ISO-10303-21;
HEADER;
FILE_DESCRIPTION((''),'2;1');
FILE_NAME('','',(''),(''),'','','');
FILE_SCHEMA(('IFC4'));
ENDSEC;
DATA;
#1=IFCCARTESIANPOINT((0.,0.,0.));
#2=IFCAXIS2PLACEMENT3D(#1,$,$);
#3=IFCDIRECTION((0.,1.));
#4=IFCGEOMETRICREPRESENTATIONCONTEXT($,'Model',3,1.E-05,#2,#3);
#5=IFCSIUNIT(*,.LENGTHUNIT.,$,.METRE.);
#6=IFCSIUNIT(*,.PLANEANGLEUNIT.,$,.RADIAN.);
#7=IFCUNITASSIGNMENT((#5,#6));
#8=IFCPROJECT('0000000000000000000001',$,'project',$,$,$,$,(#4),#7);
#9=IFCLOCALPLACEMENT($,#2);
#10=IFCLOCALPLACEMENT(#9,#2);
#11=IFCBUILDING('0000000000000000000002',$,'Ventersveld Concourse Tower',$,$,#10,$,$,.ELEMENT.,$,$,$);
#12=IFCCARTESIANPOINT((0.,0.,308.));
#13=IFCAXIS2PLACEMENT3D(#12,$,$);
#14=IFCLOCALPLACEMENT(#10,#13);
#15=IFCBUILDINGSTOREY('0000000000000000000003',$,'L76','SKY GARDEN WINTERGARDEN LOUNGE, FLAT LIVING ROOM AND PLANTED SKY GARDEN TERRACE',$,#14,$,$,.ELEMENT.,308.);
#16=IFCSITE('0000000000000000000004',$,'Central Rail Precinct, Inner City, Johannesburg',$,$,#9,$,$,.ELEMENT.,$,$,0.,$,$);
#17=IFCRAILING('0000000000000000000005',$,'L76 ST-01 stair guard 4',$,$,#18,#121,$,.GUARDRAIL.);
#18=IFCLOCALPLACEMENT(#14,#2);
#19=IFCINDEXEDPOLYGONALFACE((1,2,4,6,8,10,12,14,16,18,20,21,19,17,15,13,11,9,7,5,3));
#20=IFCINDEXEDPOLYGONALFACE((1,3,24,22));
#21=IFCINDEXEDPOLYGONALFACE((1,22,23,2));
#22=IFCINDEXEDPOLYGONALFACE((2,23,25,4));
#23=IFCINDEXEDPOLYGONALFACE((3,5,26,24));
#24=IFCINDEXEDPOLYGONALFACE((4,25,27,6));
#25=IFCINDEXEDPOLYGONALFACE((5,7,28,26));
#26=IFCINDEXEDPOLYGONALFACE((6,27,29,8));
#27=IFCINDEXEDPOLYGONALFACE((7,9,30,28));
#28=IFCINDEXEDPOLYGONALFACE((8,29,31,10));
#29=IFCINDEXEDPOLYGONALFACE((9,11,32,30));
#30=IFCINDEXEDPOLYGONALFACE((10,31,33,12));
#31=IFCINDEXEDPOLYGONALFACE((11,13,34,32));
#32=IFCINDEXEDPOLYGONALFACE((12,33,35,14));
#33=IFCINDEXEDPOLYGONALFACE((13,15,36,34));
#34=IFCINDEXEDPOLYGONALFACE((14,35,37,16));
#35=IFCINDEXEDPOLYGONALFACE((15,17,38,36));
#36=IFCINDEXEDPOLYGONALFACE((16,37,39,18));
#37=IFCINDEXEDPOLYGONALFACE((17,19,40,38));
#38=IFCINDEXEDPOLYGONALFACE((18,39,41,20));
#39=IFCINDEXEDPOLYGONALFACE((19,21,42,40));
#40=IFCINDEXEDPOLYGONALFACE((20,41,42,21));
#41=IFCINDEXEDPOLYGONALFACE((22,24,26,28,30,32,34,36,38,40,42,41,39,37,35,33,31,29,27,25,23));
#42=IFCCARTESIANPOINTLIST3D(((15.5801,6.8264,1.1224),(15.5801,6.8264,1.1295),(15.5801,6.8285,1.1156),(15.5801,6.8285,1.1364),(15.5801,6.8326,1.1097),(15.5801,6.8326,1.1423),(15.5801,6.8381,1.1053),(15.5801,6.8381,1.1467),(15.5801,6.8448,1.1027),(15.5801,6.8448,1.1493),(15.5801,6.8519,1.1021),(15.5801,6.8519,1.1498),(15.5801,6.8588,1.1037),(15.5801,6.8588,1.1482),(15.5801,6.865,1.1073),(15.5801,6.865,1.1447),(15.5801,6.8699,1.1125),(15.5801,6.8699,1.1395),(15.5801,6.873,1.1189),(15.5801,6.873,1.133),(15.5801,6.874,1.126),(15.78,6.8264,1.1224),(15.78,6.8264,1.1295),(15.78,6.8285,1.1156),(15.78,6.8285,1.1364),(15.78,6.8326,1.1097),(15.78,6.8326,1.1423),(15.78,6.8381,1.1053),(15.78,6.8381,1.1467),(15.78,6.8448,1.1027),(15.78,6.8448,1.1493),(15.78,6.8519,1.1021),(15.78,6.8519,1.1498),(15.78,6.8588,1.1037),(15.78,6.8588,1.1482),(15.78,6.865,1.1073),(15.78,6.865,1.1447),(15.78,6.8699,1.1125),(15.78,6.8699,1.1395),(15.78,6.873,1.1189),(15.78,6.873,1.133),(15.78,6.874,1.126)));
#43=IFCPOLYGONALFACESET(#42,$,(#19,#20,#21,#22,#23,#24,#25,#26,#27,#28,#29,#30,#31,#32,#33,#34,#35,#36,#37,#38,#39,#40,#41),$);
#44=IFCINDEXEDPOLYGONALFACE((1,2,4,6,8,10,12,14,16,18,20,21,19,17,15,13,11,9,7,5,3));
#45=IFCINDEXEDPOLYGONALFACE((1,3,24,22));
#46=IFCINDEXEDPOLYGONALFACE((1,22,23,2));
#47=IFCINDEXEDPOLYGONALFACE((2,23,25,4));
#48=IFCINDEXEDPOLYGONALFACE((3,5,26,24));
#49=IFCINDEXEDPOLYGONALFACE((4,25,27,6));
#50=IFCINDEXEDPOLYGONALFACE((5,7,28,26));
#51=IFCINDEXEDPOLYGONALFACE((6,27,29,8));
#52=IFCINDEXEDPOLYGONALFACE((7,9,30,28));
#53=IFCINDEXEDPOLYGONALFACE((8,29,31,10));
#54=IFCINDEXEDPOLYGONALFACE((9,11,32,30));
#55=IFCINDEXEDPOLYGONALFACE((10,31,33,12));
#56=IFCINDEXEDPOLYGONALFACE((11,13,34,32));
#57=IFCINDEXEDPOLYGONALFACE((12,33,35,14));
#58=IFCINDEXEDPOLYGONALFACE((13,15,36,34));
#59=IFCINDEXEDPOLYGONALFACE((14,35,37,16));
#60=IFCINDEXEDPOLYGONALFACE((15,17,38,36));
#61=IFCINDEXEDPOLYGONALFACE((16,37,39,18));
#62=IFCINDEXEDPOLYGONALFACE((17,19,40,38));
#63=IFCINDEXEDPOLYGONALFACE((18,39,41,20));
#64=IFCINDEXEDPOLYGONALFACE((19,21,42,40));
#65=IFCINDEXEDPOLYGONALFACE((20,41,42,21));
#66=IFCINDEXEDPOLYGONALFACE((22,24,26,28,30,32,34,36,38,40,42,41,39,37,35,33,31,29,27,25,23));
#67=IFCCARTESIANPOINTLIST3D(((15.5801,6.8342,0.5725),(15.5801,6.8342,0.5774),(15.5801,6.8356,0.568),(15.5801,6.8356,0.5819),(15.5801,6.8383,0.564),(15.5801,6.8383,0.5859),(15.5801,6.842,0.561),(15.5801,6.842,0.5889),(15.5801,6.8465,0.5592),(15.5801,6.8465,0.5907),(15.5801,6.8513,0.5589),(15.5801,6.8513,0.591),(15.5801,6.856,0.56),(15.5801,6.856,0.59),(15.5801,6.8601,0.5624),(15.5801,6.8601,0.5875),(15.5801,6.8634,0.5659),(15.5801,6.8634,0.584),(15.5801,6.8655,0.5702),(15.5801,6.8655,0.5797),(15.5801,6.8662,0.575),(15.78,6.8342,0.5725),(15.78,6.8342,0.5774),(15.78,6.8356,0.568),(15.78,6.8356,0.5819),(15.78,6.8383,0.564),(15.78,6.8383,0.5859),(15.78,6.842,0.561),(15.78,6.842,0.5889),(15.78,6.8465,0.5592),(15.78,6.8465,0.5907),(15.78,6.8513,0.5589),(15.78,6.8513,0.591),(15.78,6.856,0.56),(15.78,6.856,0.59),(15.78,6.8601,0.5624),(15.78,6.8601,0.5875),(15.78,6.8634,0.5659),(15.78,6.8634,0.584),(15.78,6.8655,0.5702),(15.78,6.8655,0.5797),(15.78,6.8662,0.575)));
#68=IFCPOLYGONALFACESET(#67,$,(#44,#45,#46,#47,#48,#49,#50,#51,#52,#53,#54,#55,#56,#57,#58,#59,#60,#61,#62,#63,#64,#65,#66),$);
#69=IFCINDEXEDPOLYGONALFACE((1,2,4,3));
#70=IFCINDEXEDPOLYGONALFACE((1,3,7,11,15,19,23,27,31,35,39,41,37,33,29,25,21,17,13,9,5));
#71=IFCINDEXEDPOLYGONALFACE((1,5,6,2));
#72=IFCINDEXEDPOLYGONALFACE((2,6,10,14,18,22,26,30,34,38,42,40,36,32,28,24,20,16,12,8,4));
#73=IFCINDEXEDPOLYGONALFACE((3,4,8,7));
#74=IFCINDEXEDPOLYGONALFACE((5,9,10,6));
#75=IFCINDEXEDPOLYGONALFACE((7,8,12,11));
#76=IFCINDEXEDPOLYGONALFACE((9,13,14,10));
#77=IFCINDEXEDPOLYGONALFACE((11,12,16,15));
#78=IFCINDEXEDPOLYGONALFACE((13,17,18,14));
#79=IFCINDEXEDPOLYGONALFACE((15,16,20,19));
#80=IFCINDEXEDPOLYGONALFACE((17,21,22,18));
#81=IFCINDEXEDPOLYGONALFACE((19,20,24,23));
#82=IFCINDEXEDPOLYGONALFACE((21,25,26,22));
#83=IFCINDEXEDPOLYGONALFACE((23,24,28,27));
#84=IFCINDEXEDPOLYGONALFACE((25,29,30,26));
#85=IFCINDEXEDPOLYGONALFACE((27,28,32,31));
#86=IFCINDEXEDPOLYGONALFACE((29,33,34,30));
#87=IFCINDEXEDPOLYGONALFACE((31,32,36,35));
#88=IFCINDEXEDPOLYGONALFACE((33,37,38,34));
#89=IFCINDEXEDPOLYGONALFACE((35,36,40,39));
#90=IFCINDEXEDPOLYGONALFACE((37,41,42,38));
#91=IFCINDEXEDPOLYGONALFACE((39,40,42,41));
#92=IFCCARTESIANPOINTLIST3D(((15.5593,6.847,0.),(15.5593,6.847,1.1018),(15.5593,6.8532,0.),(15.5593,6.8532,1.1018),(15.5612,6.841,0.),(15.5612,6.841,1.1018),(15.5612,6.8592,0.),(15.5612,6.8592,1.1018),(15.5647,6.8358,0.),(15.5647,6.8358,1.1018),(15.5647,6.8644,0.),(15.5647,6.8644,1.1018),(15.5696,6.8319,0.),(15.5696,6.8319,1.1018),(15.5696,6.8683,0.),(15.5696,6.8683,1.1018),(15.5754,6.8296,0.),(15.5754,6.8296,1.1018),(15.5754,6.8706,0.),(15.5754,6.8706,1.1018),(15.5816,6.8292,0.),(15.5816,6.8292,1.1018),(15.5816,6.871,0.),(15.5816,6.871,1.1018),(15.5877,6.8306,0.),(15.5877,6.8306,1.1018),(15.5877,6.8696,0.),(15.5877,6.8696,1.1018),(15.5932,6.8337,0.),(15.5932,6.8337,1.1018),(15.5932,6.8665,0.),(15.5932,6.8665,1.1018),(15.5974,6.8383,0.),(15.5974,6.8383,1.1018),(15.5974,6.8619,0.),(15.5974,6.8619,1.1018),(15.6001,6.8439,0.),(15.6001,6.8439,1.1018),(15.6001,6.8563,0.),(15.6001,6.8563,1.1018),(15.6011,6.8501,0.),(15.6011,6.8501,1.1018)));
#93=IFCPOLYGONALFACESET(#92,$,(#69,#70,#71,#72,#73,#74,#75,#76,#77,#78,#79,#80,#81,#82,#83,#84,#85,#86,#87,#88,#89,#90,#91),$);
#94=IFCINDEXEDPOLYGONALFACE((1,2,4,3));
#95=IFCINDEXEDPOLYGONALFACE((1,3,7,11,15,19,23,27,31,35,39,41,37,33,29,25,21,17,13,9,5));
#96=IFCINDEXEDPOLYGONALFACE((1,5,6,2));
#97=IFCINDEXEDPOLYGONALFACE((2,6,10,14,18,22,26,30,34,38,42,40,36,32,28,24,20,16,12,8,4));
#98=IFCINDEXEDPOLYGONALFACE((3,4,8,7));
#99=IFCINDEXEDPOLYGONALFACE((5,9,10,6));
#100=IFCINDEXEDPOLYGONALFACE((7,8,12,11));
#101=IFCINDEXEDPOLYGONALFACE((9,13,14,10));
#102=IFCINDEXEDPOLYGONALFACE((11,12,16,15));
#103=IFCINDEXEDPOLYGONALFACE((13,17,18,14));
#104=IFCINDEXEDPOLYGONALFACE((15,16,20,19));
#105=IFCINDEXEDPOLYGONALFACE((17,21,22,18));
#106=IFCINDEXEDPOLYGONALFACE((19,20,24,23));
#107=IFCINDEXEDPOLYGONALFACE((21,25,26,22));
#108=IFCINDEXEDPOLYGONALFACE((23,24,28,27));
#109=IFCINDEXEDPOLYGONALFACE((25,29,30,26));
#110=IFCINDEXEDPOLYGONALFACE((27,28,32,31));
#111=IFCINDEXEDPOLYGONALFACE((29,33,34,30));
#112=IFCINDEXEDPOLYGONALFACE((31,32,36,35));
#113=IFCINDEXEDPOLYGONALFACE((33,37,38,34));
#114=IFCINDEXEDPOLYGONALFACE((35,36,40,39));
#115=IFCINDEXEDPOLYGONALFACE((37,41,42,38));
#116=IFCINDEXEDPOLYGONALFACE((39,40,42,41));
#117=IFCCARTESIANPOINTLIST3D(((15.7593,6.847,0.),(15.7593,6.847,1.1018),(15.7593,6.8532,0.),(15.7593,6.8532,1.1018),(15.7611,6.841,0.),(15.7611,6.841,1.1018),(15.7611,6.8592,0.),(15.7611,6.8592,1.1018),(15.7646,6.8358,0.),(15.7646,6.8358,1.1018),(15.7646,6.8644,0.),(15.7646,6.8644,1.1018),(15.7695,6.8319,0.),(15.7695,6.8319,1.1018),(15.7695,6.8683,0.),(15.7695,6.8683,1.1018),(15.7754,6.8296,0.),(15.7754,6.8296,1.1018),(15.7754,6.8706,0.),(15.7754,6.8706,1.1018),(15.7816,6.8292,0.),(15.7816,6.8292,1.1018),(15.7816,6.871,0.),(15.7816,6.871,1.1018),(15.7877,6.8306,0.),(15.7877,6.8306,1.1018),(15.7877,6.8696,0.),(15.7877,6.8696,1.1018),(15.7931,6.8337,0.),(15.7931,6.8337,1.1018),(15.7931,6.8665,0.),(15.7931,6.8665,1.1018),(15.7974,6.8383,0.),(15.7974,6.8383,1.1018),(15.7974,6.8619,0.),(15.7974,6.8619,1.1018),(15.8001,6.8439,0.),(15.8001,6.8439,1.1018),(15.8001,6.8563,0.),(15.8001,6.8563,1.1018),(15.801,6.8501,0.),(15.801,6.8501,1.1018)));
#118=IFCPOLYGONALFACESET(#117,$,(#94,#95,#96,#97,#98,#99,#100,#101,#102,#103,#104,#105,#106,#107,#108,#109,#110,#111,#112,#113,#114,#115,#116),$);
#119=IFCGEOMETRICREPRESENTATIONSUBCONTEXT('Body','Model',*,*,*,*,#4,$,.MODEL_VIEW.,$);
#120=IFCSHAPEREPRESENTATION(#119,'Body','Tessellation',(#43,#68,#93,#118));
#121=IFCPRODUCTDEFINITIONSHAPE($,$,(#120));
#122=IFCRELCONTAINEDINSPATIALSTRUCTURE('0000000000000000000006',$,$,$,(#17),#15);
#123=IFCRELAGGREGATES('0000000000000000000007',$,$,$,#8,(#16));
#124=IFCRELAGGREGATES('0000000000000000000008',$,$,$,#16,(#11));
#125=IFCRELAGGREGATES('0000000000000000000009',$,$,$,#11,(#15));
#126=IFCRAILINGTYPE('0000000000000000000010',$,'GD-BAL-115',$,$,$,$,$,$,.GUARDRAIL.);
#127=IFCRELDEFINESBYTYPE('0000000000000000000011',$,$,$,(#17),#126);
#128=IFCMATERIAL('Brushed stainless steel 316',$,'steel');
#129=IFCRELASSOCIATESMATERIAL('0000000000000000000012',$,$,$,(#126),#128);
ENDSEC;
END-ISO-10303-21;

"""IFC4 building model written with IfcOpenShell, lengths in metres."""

from ifc_helpers import new_model, si_unit, direction, frame, origin, origin_2d, place, context, subcontext, project, spatial, circle, extrude, material, type_object, element, save


model = new_model("IFC4")

# Units and contexts
model_context = context("Model", 3, precision=1e-05, world=origin(), true_north=direction((0.0, 1.0)))
body_context = subcontext(model_context, "Body", "Model", "MODEL_VIEW")
ifc_project = project(units=[si_unit("LENGTHUNIT", "METRE"), si_unit("PLANEANGLEUNIT", "RADIAN")], contexts=[model_context])

# Site, building, storey
site_placement = place(None, origin())
site = spatial("IfcSite", under=ifc_project, at=site_placement, Name="Central Rail Precinct, Inner City, Johannesburg", CompositionType="ELEMENT", RefElevation=0.0)
building_placement = place(site_placement, origin())
building = spatial("IfcBuilding", under=site, at=building_placement, Name="Ventersveld Concourse Tower", CompositionType="ELEMENT")
storey_placement = place(building_placement, frame((0.0, 0.0, 308.0)))
storey = spatial("IfcBuildingStorey", under=building, at=storey_placement, Name="L76", Description="SKY GARDEN WINTERGARDEN LOUNGE, FLAT LIVING ROOM AND PLANTED SKY GARDEN TERRACE", CompositionType="ELEMENT", Elevation=308.0)

# Shared definitions
ifc_material_1 = material(Name="Brushed stainless steel 316", Category="steel")

# Railing
railing_type_1 = type_object("IfcRailingType", Name="GD-BAL-115", PredefinedType="GUARDRAIL", material=ifc_material_1)
railing_1_placement = place(storey_placement, frame((15.5801, 6.8501, 0.0)))
element("IfcRailing", 1, at=railing_1_placement, inside=storey, type_object=railing_type_1, Name="L76 ST-01 stair guard 4", PredefinedType="GUARDRAIL", context=body_context, shape_type="SweptSolid", body=[
    extrude(circle(Radius=0.0239, at=origin_2d()), frame((0.0, 0.0, 1.126), z_axis=(1.0, 0.0, 0.0), x_axis=(0.0, 1.0, 0.0)), (0.0, 0.0, 1.0), 0.2),
    extrude(circle(Radius=0.0161, at=origin_2d()), frame((0.0, 0.0, 0.575), z_axis=(1.0, 0.0, 0.0), x_axis=(0.0, 1.0, 0.0)), (0.0, 0.0, 1.0), 0.2),
    extrude(circle(Radius=0.021, at=origin_2d()), origin(), (0.0, 0.0, 1.0), 1.1018),
    extrude(circle(Radius=0.021, at=origin_2d()), frame((0.2, 0.0, 0.0)), (0.0, 0.0, 1.0), 1.1018),
])

save(model, "model.ifc")
